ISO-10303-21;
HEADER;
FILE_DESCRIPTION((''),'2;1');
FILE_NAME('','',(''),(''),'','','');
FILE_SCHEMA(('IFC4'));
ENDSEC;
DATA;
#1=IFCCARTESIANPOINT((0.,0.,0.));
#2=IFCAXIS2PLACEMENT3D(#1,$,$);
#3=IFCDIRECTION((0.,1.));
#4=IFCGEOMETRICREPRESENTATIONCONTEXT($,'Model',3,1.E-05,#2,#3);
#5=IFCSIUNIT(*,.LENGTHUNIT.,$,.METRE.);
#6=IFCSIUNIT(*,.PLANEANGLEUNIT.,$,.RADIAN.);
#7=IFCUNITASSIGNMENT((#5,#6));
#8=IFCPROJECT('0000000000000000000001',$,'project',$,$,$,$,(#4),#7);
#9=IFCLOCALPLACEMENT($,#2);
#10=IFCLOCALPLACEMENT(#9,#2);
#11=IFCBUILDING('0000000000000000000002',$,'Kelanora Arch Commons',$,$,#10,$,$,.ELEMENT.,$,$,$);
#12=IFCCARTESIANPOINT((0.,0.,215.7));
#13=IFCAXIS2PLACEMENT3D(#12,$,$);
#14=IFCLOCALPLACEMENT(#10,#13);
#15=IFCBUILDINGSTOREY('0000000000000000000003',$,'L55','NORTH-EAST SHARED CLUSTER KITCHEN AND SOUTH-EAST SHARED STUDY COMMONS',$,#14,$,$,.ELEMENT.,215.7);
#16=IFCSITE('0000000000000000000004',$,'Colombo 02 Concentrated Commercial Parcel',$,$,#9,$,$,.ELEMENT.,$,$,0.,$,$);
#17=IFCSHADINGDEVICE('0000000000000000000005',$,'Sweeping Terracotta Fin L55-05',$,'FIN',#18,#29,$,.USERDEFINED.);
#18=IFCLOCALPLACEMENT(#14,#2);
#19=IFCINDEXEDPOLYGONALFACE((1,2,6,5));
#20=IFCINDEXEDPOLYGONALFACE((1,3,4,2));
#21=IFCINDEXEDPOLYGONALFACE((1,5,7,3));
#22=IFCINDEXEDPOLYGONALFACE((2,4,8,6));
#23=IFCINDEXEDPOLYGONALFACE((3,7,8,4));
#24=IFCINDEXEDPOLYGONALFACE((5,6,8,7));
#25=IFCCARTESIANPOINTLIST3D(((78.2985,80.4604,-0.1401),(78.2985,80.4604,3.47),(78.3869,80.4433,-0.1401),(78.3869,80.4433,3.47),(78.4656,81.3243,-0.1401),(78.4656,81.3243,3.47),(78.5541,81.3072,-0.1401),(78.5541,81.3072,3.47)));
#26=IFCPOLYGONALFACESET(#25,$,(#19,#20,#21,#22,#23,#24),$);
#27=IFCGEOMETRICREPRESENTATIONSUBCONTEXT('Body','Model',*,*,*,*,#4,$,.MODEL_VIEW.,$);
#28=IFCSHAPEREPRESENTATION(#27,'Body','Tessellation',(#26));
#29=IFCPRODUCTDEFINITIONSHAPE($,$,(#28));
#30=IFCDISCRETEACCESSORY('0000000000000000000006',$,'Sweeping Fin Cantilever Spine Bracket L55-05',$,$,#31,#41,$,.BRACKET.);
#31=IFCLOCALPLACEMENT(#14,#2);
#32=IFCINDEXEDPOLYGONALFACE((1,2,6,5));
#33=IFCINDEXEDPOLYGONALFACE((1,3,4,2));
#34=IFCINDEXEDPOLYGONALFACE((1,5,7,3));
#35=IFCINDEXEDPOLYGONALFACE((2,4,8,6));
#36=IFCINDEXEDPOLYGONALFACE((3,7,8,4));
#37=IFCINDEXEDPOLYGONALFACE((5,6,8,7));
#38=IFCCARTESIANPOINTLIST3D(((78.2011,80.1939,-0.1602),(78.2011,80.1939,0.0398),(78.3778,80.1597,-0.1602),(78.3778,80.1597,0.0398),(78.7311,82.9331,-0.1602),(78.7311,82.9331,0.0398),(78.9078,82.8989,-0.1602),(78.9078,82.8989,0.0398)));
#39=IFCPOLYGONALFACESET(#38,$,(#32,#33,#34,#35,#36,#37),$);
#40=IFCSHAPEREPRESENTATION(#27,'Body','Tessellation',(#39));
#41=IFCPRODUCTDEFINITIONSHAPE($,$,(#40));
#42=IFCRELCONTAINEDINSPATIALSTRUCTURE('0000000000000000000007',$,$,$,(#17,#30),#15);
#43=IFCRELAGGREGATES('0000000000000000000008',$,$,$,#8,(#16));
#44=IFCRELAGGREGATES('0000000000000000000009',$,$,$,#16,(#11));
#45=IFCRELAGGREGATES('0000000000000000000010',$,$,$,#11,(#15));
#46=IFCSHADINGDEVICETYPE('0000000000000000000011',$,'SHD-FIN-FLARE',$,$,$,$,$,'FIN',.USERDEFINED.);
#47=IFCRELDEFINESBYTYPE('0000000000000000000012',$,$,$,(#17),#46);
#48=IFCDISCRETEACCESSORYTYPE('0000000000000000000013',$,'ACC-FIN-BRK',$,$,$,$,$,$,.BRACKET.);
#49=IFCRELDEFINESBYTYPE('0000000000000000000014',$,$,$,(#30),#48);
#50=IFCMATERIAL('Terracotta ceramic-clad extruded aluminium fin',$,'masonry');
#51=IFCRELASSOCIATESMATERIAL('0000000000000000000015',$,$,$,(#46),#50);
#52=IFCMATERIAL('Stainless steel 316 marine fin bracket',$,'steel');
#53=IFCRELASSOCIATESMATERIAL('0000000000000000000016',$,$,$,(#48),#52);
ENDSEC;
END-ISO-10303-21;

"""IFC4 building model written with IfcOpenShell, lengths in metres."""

from ifc_helpers import new_model, si_unit, direction, frame, origin, origin_2d, place, context, subcontext, project, spatial, rectangle, extrude, source, transform, mapped, material, type_object, element, save


model = new_model("IFC4")

# Units and contexts
model_context = context("Model", 3, precision=1e-05, world=origin(), true_north=direction((0.0, 1.0)))
body_context = subcontext(model_context, "Body", "Model", "MODEL_VIEW")
ifc_project = project(units=[si_unit("LENGTHUNIT", "METRE"), si_unit("PLANEANGLEUNIT", "RADIAN")], contexts=[model_context])

# Site, building, storey
site_placement = place(None, origin())
site = spatial("IfcSite", under=ifc_project, at=site_placement, Name="Colombo 02 Concentrated Commercial Parcel", CompositionType="ELEMENT", RefElevation=0.0)
building_placement = place(site_placement, origin())
building = spatial("IfcBuilding", under=site, at=building_placement, Name="Kelanora Arch Commons", CompositionType="ELEMENT")
storey_placement = place(building_placement, frame((0.0, 0.0, 215.7)))
storey = spatial("IfcBuildingStorey", under=building, at=storey_placement, Name="L55", Description="NORTH-EAST SHARED CLUSTER KITCHEN AND SOUTH-EAST SHARED STUDY COMMONS", CompositionType="ELEMENT", Elevation=215.7)

# Shading device
ifc_material_1 = material(Name="Terracotta ceramic-clad extruded aluminium fin", Category="masonry")
shading_device_type = type_object("IfcShadingDeviceType", Name="SHD-FIN-FLARE", ElementType="FIN", PredefinedType="USERDEFINED", material=ifc_material_1)
shared_shape_1 = source(origin(), body_context, "Body", "SweptSolid", [
    extrude(rectangle(XDim=0.8799, YDim=0.0901, at=origin_2d()), origin(), (0.0, 0.0, 1.0), 3.6101),
])
shading_device_placement = place(storey_placement, frame((78.4263, 80.8838, -0.1401), z_axis=(0.0, 0.0, 1.0), x_axis=(0.189952, 0.981793, 0.0)))
element("IfcShadingDevice", 1, at=shading_device_placement, inside=storey, type_object=shading_device_type, Name="Sweeping Terracotta Fin L55-05", ObjectType="FIN", PredefinedType="USERDEFINED", context=body_context, shape_type="MappedRepresentation", body=[
    mapped(shared_shape_1, transform((0.0, 0.0, 0.0), scale=1.0)),
])

# Discrete accessory
ifc_material_2 = material(Name="Stainless steel 316 marine fin bracket", Category="steel")
discrete_accessory_type = type_object("IfcDiscreteAccessoryType", Name="ACC-FIN-BRK", PredefinedType="BRACKET", material=ifc_material_2)
shared_shape_2 = source(origin(), body_context, "Body", "SweptSolid", [
    extrude(rectangle(XDim=2.79, YDim=0.1799, at=origin_2d()), origin(), (0.0, 0.0, 1.0), 0.2),
])
discrete_accessory_placement = place(storey_placement, frame((78.5544, 81.5464, -0.1602), z_axis=(0.0, 0.0, 1.0), x_axis=(0.189952, 0.981793, 0.0)))
element("IfcDiscreteAccessory", 2, at=discrete_accessory_placement, inside=storey, type_object=discrete_accessory_type, Name="Sweeping Fin Cantilever Spine Bracket L55-05", PredefinedType="BRACKET", context=body_context, shape_type="MappedRepresentation", body=[
    mapped(shared_shape_2, transform((0.0, 0.0, 0.0), scale=1.0)),
])

save(model, "model.ifc")
